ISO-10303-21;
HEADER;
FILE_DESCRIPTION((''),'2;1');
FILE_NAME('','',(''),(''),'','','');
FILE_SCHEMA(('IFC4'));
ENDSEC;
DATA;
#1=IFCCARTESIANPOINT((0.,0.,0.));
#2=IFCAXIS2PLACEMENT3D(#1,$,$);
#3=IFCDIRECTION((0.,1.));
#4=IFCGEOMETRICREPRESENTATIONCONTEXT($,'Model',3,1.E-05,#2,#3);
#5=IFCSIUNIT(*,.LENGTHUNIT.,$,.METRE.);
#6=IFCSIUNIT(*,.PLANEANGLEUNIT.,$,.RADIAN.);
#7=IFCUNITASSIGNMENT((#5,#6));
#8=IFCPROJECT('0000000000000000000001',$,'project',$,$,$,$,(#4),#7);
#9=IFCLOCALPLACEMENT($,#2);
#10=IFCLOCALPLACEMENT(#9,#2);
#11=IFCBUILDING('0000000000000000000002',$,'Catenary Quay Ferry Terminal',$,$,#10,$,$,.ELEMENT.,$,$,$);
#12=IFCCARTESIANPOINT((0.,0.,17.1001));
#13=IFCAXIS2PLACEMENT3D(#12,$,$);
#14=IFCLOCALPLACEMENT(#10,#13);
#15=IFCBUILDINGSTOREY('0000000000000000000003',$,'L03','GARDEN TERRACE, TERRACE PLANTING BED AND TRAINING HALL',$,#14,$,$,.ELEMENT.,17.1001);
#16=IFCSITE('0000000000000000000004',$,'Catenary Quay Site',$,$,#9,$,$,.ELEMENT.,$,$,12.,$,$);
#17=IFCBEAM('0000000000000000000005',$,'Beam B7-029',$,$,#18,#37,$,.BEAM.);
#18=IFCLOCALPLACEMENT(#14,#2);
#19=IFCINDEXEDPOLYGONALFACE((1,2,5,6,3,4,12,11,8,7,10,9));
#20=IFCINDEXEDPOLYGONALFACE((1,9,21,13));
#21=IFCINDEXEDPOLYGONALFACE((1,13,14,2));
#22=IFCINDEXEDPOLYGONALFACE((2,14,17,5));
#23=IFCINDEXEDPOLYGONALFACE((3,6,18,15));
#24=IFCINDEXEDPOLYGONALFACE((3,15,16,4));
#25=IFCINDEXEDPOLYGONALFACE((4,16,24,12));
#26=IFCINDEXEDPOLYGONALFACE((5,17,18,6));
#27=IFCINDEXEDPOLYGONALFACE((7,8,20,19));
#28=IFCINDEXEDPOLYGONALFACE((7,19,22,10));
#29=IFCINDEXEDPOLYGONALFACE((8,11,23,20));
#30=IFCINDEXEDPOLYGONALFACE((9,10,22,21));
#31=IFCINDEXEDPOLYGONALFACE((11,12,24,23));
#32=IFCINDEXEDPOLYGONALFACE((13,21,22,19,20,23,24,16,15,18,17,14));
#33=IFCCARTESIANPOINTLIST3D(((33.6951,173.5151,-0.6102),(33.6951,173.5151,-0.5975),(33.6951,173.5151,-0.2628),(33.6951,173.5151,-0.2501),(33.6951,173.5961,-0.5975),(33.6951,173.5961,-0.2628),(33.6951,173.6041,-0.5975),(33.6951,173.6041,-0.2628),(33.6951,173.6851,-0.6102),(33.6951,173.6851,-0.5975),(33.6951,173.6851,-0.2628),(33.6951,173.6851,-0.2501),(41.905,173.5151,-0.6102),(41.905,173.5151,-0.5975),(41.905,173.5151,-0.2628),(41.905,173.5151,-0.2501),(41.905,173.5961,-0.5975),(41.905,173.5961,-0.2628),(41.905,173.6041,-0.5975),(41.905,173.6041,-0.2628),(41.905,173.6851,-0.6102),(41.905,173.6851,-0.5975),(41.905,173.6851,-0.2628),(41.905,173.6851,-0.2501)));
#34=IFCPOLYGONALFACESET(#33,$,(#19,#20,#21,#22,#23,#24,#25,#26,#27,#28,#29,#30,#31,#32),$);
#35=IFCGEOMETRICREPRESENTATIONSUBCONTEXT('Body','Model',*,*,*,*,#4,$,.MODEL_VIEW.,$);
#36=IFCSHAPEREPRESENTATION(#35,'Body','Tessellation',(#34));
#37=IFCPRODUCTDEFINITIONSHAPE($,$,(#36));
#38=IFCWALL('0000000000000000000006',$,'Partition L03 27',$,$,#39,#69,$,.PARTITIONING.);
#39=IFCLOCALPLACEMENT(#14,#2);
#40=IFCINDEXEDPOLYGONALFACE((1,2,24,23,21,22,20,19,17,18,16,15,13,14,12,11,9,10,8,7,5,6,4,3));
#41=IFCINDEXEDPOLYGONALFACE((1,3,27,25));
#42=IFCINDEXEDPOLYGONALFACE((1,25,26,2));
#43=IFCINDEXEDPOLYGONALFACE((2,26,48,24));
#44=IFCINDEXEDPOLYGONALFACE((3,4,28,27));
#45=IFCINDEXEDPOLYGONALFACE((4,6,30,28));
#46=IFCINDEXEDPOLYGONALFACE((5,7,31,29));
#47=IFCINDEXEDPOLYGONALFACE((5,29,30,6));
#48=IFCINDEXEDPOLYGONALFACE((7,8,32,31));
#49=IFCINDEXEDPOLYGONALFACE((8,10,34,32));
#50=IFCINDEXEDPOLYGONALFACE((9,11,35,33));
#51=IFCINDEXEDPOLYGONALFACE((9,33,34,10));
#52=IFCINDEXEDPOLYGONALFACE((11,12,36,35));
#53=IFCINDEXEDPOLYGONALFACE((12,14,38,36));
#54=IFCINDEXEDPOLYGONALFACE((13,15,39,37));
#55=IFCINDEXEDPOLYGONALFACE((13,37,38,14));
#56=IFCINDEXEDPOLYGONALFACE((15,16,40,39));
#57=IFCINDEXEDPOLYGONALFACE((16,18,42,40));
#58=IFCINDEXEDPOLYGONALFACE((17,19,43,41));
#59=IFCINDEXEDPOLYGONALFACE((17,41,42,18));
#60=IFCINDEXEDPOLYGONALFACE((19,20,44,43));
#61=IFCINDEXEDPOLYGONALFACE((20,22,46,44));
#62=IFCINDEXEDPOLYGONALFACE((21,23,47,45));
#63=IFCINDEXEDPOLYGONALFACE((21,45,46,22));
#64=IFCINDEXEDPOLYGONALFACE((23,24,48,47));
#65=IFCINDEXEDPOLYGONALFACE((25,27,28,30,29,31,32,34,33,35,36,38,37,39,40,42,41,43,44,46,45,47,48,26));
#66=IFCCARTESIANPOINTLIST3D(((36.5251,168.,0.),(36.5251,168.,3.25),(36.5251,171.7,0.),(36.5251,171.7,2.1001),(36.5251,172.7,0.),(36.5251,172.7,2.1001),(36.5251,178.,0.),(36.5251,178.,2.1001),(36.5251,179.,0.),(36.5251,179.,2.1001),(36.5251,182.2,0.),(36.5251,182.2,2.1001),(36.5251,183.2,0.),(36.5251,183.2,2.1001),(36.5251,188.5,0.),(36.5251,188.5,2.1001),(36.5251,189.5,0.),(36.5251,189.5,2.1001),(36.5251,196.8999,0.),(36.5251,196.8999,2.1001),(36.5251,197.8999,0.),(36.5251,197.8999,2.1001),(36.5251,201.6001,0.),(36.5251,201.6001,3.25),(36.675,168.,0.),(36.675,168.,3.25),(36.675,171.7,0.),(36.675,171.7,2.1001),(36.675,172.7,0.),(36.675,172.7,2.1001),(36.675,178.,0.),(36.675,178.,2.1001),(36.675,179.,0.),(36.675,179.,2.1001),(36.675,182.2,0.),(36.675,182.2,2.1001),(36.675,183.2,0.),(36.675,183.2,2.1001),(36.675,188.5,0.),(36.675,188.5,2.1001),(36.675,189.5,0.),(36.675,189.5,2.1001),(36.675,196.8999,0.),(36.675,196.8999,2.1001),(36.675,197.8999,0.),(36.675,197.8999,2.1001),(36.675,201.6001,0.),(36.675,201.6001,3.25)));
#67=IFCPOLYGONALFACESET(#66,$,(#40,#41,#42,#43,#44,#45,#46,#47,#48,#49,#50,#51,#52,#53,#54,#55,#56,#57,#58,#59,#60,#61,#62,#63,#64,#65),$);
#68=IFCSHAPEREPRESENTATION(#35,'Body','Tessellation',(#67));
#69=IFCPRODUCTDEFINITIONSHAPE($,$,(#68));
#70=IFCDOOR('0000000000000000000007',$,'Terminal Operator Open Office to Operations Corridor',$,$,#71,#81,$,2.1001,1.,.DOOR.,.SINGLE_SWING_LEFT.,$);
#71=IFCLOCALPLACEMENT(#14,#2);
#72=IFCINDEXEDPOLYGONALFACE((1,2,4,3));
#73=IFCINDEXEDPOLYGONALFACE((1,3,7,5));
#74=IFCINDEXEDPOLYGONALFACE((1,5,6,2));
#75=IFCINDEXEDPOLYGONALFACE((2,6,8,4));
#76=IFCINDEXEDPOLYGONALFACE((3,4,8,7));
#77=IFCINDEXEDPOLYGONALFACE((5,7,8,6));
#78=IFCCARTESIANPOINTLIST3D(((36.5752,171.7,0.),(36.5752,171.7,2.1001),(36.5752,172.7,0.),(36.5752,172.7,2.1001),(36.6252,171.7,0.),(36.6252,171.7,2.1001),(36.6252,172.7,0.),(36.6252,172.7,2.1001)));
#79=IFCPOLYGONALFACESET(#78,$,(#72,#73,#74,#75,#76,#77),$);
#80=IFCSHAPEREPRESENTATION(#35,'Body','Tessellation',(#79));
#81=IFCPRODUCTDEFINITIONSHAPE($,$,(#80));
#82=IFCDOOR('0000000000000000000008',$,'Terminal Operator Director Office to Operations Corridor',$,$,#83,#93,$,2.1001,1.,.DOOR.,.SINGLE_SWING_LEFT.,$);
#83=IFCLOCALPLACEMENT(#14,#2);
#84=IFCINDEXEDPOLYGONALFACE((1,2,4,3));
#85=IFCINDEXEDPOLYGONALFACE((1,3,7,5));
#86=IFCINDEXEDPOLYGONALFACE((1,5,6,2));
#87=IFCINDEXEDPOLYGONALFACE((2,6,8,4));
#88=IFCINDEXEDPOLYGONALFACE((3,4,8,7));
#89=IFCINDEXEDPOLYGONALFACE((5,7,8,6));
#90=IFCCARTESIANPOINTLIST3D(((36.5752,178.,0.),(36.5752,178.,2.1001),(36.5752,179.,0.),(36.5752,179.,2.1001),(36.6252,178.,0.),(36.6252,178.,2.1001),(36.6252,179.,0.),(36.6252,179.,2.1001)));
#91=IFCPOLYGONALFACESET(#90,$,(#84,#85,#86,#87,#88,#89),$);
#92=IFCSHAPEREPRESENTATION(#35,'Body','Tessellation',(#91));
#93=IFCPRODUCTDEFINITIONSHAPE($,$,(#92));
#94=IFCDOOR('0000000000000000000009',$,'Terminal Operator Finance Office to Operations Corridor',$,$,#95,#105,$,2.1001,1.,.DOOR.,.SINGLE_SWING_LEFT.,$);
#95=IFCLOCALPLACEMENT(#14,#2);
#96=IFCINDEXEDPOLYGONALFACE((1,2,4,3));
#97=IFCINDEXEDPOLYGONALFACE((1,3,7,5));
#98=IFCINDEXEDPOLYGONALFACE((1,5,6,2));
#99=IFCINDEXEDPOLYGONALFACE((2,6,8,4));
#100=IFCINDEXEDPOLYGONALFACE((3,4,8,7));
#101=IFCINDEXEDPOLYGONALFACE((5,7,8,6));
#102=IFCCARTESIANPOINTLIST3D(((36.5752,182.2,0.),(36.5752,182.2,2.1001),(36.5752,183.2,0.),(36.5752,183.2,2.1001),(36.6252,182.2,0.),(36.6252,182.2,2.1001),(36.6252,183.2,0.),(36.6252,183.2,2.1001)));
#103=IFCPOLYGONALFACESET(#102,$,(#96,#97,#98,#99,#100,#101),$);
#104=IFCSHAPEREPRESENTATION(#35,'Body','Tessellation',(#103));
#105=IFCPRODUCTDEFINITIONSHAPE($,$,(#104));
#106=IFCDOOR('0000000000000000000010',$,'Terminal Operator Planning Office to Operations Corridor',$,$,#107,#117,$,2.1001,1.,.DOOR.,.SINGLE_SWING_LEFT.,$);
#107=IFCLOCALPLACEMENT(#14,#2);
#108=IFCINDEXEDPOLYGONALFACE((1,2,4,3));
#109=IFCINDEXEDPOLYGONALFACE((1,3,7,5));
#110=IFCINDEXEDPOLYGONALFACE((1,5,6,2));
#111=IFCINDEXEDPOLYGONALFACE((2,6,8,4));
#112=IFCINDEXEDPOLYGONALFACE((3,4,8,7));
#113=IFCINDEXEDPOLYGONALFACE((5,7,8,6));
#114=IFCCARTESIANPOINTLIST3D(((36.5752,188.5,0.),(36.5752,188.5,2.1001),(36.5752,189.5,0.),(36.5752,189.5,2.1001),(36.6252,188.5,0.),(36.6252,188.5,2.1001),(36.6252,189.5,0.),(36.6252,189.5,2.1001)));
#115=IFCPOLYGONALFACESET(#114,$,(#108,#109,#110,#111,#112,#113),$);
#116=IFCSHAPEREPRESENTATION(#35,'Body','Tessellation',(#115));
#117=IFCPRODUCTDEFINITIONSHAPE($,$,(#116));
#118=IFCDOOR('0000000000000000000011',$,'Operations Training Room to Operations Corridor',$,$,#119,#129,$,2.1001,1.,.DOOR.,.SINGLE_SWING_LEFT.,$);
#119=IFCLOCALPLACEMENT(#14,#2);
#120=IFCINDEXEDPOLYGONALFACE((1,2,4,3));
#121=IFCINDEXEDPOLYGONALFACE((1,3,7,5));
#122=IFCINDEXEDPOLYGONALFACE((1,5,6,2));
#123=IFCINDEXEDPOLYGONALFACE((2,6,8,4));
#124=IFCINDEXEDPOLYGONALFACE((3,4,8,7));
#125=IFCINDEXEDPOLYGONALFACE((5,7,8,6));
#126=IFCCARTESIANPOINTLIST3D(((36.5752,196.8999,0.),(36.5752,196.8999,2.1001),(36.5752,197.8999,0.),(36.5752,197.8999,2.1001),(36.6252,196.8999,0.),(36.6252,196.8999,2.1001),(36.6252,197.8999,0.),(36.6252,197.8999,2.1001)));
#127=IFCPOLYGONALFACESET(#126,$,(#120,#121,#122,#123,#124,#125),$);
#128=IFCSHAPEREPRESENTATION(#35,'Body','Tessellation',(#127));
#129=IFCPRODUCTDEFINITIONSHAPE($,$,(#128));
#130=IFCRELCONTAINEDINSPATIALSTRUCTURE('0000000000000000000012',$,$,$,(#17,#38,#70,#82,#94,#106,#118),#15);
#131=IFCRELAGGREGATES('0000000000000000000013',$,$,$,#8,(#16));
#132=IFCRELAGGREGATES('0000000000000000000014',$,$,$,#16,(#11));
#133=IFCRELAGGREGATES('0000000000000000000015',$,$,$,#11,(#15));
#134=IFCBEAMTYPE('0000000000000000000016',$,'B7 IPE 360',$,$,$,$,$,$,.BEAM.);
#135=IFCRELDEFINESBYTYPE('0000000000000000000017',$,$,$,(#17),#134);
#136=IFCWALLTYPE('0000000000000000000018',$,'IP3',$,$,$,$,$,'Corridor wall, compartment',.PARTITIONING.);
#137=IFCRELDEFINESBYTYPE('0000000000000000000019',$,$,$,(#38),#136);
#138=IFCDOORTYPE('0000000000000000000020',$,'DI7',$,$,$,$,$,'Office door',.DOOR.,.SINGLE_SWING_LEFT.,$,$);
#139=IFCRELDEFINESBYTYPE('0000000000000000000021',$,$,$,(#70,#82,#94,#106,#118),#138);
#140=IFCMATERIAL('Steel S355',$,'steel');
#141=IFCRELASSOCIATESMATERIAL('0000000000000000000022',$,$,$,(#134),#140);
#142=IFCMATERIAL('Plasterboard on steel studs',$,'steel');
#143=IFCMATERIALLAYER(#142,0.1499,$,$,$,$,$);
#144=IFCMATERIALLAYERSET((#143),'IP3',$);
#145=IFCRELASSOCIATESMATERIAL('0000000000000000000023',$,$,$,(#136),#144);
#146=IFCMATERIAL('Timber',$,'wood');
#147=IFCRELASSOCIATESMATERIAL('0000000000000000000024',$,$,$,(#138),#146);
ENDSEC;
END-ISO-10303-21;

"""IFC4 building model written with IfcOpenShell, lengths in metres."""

from ifc_helpers import new_model, si_unit, direction, frame, frame_2d, origin, origin_2d, place, context, subcontext, project, spatial, rectangle, i_section, extrude, material, layer, layer_set, material_profile, profile_set, type_object, element, fill, save


model = new_model("IFC4")

# Units and contexts
model_context = context("Model", 3, precision=1e-05, world=origin(), true_north=direction((0.0, 1.0)))
body_context = subcontext(model_context, "Body", "Model", "MODEL_VIEW")
ifc_project = project(units=[si_unit("LENGTHUNIT", "METRE"), si_unit("PLANEANGLEUNIT", "RADIAN")], contexts=[model_context])

# Site, building, storey
site_placement = place(None, origin())
site = spatial("IfcSite", under=ifc_project, at=site_placement, Name="Catenary Quay Site", CompositionType="ELEMENT", RefElevation=12.0)
building_placement = place(site_placement, origin())
building = spatial("IfcBuilding", under=site, at=building_placement, Name="Catenary Quay Ferry Terminal", CompositionType="ELEMENT")
storey_placement = place(building_placement, frame((0.0, 0.0, 17.1001)))
storey = spatial("IfcBuildingStorey", under=building, at=storey_placement, Name="L03", Description="GARDEN TERRACE, TERRACE PLANTING BED AND TRAINING HALL", CompositionType="ELEMENT", Elevation=17.1001)

# Beam
ifc_material_1 = material(Name="Steel S355", Category="steel")
ifc_material_profile_1 = material_profile(ifc_material_1, i_section(OverallWidth=0.1699, OverallDepth=0.3601, WebThickness=0.0081, FlangeThickness=0.0127, at=origin_2d()), Name="IPE 360")
ifc_profile_set_1 = profile_set([ifc_material_profile_1], Name="Steel S355")
beam_type_1 = type_object("IfcBeamType", Name="B7 IPE 360", PredefinedType="BEAM", material=ifc_profile_set_1)
for number, where, z_axis, x_axis, name in (
    (1, (33.6951, 173.6001, -0.4302), (1.0, 0.0, 0.0), (0.0, 1.0, 0.0), "Beam B7-029"),
):
    element("IfcBeam", number, at=place(storey_placement, frame(where, z_axis=z_axis, x_axis=x_axis)), inside=storey, type_object=beam_type_1, Name=name, PredefinedType="BEAM", context=body_context, shape_type="SweptSolid", body=[
        extrude(i_section(OverallWidth=0.1699, OverallDepth=0.3601, WebThickness=0.0081, FlangeThickness=0.0127, at=origin_2d()), origin(), (0.0, 0.0, 1.0), 8.21),
    ])

# Wall, openings, doors
ifc_material_2 = material(Name="Plasterboard on steel studs", Category="steel")
ifc_layer_1 = layer(ifc_material_2, 0.1499)
ifc_layer_set_1 = layer_set([ifc_layer_1], Name="IP3")
wall_type_1 = type_object("IfcWallType", Name="IP3", ElementType="Corridor wall, compartment", PredefinedType="PARTITIONING", material=ifc_layer_set_1)
wall_1_placement = place(storey_placement, frame((36.6001, 168.0, 0.0), z_axis=(0.0, 0.0, 1.0), x_axis=(0.0, 1.0, 0.0)))
wall_1 = element("IfcWall", 2, at=wall_1_placement, inside=storey, type_object=wall_type_1, Name="Partition L03 27", PredefinedType="PARTITIONING", context=body_context, shape_type="SweptSolid", body=[
    extrude(rectangle(XDim=33.6001, YDim=0.1499, at=frame_2d((16.8, 0.0))), origin(), (0.0, 0.0, 1.0), 3.25),
])
opening_1_placement = place(wall_1_placement, frame((3.7, 0.0, 0.0)))
opening_1 = element("IfcOpeningElement", 3, at=opening_1_placement, cuts=wall_1, PredefinedType="OPENING", context=body_context, shape_type="SweptSolid", body=[
    extrude(rectangle(XDim=1.0, YDim=2.1001, at=frame_2d((0.5, 1.05))), frame((0.0, 0.085, 0.0), z_axis=(0.0, -1.0, 0.0), x_axis=(1.0, 0.0, 0.0)), (0.0, 0.0, 1.0), 0.1699),
])
opening_2_placement = place(wall_1_placement, frame((10.0, 0.0, 0.0)))
opening_2 = element("IfcOpeningElement", 4, at=opening_2_placement, cuts=wall_1, PredefinedType="OPENING", context=body_context, shape_type="SweptSolid", body=[
    extrude(rectangle(XDim=1.0, YDim=2.1001, at=frame_2d((0.5, 1.05))), frame((0.0, 0.085, 0.0), z_axis=(0.0, -1.0, 0.0), x_axis=(1.0, 0.0, 0.0)), (0.0, 0.0, 1.0), 0.1699),
])
opening_3_placement = place(wall_1_placement, frame((14.2, 0.0, 0.0)))
opening_3 = element("IfcOpeningElement", 5, at=opening_3_placement, cuts=wall_1, PredefinedType="OPENING", context=body_context, shape_type="SweptSolid", body=[
    extrude(rectangle(XDim=1.0, YDim=2.1001, at=frame_2d((0.5, 1.05))), frame((0.0, 0.085, 0.0), z_axis=(0.0, -1.0, 0.0), x_axis=(1.0, 0.0, 0.0)), (0.0, 0.0, 1.0), 0.1699),
])
opening_4_placement = place(wall_1_placement, frame((20.5, 0.0, 0.0)))
opening_4 = element("IfcOpeningElement", 6, at=opening_4_placement, cuts=wall_1, PredefinedType="OPENING", context=body_context, shape_type="SweptSolid", body=[
    extrude(rectangle(XDim=1.0, YDim=2.1001, at=frame_2d((0.5, 1.05))), frame((0.0, 0.085, 0.0), z_axis=(0.0, -1.0, 0.0), x_axis=(1.0, 0.0, 0.0)), (0.0, 0.0, 1.0), 0.1699),
])
opening_5_placement = place(wall_1_placement, frame((28.8999, 0.0, 0.0)))
opening_5 = element("IfcOpeningElement", 7, at=opening_5_placement, cuts=wall_1, PredefinedType="OPENING", context=body_context, shape_type="SweptSolid", body=[
    extrude(rectangle(XDim=1.0, YDim=2.1001, at=frame_2d((0.5, 1.05))), frame((0.0, 0.085, 0.0), z_axis=(0.0, -1.0, 0.0), x_axis=(1.0, 0.0, 0.0)), (0.0, 0.0, 1.0), 0.1699),
])
ifc_material_3 = material(Name="Timber", Category="wood")
door_type_1 = type_object("IfcDoorType", Name="DI7", ElementType="Office door", OperationType="SINGLE_SWING_LEFT", PredefinedType="DOOR", material=ifc_material_3)
door_1_placement = place(opening_1_placement, origin())
door_1 = element("IfcDoor", 8, at=door_1_placement, inside=storey, type_object=door_type_1, Name="Terminal Operator Open Office to Operations Corridor", OperationType="SINGLE_SWING_LEFT", OverallHeight=2.1001, OverallWidth=1.0, PredefinedType="DOOR", context=body_context, shape_type="SweptSolid", body=[
    extrude(rectangle(XDim=1.0, YDim=2.1001, at=frame_2d((0.5, 1.05))), frame((0.0, 0.0249, 0.0), z_axis=(0.0, -1.0, 0.0), x_axis=(1.0, 0.0, 0.0)), (0.0, 0.0, 1.0), 0.05),
])
fill(opening_1, door_1)
door_2_placement = place(opening_2_placement, origin())
door_2 = element("IfcDoor", 9, at=door_2_placement, inside=storey, type_object=door_type_1, Name="Terminal Operator Director Office to Operations Corridor", OperationType="SINGLE_SWING_LEFT", OverallHeight=2.1001, OverallWidth=1.0, PredefinedType="DOOR", context=body_context, shape_type="SweptSolid", body=[
    extrude(rectangle(XDim=1.0, YDim=2.1001, at=frame_2d((0.5, 1.05))), frame((0.0, 0.0249, 0.0), z_axis=(0.0, -1.0, 0.0), x_axis=(1.0, 0.0, 0.0)), (0.0, 0.0, 1.0), 0.05),
])
fill(opening_2, door_2)
door_3_placement = place(opening_3_placement, origin())
door_3 = element("IfcDoor", 10, at=door_3_placement, inside=storey, type_object=door_type_1, Name="Terminal Operator Finance Office to Operations Corridor", OperationType="SINGLE_SWING_LEFT", OverallHeight=2.1001, OverallWidth=1.0, PredefinedType="DOOR", context=body_context, shape_type="SweptSolid", body=[
    extrude(rectangle(XDim=1.0, YDim=2.1001, at=frame_2d((0.5, 1.05))), frame((0.0, 0.0249, 0.0), z_axis=(0.0, -1.0, 0.0), x_axis=(1.0, 0.0, 0.0)), (0.0, 0.0, 1.0), 0.05),
])
fill(opening_3, door_3)
door_4_placement = place(opening_4_placement, origin())
door_4 = element("IfcDoor", 11, at=door_4_placement, inside=storey, type_object=door_type_1, Name="Terminal Operator Planning Office to Operations Corridor", OperationType="SINGLE_SWING_LEFT", OverallHeight=2.1001, OverallWidth=1.0, PredefinedType="DOOR", context=body_context, shape_type="SweptSolid", body=[
    extrude(rectangle(XDim=1.0, YDim=2.1001, at=frame_2d((0.5, 1.05))), frame((0.0, 0.0249, 0.0), z_axis=(0.0, -1.0, 0.0), x_axis=(1.0, 0.0, 0.0)), (0.0, 0.0, 1.0), 0.05),
])
fill(opening_4, door_4)
door_5_placement = place(opening_5_placement, origin())
door_5 = element("IfcDoor", 12, at=door_5_placement, inside=storey, type_object=door_type_1, Name="Operations Training Room to Operations Corridor", OperationType="SINGLE_SWING_LEFT", OverallHeight=2.1001, OverallWidth=1.0, PredefinedType="DOOR", context=body_context, shape_type="SweptSolid", body=[
    extrude(rectangle(XDim=1.0, YDim=2.1001, at=frame_2d((0.5, 1.05))), frame((0.0, 0.0249, 0.0), z_axis=(0.0, -1.0, 0.0), x_axis=(1.0, 0.0, 0.0)), (0.0, 0.0, 1.0), 0.05),
])
fill(opening_5, door_5)

save(model, "model.ifc")
